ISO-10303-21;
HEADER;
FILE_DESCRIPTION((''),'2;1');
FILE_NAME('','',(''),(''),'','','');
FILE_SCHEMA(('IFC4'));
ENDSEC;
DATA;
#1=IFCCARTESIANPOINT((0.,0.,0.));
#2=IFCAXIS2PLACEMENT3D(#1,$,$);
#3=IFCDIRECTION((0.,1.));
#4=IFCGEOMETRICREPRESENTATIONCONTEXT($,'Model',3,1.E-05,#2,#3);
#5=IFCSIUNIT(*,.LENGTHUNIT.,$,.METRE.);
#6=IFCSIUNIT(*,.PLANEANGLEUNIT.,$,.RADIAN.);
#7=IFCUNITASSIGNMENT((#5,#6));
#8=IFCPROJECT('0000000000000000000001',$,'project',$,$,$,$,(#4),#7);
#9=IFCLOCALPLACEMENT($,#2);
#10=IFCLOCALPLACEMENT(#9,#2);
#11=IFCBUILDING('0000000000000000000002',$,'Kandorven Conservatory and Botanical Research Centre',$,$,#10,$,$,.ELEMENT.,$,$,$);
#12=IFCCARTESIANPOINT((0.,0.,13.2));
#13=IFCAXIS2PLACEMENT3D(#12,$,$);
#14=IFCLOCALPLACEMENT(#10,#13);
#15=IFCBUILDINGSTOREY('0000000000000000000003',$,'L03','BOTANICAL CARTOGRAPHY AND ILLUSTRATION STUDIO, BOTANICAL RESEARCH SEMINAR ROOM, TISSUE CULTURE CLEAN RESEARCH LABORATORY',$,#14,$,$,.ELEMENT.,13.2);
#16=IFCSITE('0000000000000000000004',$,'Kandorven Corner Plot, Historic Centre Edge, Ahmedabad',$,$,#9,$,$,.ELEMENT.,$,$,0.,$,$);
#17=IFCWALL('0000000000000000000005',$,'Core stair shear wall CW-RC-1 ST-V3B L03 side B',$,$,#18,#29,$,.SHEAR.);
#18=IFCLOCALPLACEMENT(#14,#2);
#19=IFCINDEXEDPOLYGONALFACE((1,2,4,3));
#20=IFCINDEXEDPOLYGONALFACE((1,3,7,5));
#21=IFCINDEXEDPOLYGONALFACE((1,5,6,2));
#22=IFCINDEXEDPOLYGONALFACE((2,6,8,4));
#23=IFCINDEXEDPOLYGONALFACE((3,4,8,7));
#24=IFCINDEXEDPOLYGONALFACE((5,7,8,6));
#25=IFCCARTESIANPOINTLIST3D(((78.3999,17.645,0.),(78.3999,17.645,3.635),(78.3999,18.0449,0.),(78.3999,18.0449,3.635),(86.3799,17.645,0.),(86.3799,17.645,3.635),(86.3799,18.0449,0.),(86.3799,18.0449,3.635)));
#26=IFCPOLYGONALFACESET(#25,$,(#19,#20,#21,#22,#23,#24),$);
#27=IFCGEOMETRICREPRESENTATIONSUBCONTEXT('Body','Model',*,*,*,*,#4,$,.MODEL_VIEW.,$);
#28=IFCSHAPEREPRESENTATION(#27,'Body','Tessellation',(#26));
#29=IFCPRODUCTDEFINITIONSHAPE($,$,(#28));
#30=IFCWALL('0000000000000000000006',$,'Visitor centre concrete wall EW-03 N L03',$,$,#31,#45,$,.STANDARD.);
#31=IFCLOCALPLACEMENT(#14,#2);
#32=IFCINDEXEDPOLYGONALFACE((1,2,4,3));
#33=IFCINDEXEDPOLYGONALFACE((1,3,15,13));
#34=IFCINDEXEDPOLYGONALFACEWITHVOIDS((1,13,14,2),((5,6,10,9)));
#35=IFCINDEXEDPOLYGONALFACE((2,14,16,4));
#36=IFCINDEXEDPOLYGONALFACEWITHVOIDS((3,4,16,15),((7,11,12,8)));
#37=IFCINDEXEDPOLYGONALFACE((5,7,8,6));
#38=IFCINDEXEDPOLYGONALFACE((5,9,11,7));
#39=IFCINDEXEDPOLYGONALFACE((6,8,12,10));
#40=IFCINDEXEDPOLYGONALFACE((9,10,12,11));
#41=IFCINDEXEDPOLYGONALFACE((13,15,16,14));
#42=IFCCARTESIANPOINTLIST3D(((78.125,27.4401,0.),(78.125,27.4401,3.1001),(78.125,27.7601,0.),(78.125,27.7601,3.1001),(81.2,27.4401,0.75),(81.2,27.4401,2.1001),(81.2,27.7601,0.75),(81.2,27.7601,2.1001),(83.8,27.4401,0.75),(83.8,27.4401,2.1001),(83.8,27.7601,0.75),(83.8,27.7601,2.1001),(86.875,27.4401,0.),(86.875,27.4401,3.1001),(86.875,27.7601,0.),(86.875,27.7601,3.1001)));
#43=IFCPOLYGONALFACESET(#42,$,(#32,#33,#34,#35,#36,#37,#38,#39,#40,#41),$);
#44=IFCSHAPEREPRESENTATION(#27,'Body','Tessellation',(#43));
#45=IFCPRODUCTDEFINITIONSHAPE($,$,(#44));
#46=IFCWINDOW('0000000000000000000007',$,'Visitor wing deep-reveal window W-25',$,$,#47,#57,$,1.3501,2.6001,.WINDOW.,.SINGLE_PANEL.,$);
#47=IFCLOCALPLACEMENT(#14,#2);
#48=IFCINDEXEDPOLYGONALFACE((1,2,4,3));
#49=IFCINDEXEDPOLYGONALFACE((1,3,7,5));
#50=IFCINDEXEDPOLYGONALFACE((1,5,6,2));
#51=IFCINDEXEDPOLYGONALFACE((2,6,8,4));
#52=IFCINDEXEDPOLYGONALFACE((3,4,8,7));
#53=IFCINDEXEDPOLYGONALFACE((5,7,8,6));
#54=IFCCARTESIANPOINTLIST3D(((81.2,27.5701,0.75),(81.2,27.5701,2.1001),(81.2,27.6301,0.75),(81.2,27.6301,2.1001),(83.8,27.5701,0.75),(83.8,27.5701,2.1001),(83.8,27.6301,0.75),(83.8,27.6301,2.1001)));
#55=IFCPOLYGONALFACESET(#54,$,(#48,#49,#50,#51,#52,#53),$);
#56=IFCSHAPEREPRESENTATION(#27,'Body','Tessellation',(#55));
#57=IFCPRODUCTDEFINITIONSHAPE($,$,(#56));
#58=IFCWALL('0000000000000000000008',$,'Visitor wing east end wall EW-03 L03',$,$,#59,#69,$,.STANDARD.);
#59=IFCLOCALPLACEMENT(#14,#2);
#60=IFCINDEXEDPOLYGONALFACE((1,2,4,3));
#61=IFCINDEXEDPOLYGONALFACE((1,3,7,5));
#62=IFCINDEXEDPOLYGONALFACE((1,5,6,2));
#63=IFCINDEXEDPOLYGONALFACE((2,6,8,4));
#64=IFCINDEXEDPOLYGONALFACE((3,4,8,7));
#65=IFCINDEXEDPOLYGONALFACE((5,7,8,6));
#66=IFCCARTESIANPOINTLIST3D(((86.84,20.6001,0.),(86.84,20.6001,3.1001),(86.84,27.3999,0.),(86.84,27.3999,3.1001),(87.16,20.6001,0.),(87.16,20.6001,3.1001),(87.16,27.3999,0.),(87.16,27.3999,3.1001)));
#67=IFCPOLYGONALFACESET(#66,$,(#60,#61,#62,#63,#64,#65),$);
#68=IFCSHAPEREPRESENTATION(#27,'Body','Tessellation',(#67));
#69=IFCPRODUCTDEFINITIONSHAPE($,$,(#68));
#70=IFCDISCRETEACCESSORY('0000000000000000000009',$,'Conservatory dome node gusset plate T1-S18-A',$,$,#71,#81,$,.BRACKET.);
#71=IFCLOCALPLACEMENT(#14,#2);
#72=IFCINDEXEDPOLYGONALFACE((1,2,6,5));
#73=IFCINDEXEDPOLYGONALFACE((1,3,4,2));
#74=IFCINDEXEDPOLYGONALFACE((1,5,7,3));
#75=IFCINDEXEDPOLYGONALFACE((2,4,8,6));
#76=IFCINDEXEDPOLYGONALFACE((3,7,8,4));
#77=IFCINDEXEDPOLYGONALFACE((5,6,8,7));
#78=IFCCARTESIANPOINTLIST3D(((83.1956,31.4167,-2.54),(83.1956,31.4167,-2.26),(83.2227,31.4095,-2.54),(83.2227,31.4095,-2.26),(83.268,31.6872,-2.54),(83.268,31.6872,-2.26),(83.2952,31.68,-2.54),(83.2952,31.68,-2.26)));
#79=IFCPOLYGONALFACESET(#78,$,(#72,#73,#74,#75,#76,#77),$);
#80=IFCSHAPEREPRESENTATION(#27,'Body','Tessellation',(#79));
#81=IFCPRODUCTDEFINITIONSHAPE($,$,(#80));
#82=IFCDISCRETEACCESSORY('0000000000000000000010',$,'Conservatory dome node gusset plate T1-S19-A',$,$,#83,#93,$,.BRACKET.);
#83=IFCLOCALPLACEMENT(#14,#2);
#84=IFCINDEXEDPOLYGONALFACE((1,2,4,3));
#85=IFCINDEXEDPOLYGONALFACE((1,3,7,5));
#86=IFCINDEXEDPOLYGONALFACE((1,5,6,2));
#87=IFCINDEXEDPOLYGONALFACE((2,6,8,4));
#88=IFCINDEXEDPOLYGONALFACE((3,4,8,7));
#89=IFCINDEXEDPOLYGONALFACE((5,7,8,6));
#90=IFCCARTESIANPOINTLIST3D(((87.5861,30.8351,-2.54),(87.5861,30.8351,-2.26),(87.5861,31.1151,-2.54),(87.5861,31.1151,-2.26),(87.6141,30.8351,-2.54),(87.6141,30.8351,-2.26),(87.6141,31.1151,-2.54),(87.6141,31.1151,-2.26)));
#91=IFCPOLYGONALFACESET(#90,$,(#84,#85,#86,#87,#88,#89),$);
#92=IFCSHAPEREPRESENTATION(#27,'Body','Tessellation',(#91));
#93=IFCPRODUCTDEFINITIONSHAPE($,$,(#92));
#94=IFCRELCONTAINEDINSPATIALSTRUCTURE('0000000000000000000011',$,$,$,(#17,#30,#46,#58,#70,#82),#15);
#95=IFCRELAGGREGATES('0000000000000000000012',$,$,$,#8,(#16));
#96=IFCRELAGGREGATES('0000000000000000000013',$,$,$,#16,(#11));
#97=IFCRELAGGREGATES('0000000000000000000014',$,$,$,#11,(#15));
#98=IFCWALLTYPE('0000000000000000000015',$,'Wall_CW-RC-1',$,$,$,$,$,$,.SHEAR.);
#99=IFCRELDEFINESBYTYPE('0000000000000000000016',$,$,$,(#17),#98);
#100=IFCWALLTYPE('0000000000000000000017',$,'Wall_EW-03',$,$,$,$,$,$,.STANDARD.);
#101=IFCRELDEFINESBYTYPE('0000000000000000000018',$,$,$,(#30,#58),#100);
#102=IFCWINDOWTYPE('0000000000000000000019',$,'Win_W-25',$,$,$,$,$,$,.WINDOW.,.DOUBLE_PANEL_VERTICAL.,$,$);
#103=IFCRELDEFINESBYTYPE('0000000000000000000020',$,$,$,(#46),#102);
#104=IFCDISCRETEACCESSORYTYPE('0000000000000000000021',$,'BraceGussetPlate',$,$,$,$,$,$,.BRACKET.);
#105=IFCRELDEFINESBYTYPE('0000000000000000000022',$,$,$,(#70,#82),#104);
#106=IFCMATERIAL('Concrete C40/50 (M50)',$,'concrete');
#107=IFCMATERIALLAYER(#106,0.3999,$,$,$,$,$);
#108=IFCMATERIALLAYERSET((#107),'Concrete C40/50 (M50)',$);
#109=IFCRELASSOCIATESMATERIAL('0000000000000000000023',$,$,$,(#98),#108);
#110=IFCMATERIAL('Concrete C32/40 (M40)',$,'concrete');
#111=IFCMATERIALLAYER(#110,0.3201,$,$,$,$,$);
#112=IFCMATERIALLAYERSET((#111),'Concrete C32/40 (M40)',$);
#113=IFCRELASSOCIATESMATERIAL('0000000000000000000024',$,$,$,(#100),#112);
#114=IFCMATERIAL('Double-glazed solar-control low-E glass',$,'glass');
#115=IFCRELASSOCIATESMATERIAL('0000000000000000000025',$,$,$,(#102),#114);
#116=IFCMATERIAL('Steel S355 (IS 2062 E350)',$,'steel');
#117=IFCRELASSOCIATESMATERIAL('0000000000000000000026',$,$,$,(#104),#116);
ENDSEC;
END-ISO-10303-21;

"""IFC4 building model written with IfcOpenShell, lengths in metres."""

from ifc_helpers import new_model, si_unit, direction, frame, frame_2d, origin, origin_2d, place, context, subcontext, project, spatial, rectangle, extrude, material, layer, layer_set, type_object, element, fill, save


model = new_model("IFC4")

# Units and contexts
model_context = context("Model", 3, precision=1e-05, world=origin(), true_north=direction((0.0, 1.0)))
body_context = subcontext(model_context, "Body", "Model", "MODEL_VIEW")
ifc_project = project(units=[si_unit("LENGTHUNIT", "METRE"), si_unit("PLANEANGLEUNIT", "RADIAN")], contexts=[model_context])

# Site, building, storey
site_placement = place(None, origin())
site = spatial("IfcSite", under=ifc_project, at=site_placement, Name="Kandorven Corner Plot, Historic Centre Edge, Ahmedabad", CompositionType="ELEMENT", RefElevation=0.0)
building_placement = place(site_placement, origin())
building = spatial("IfcBuilding", under=site, at=building_placement, Name="Kandorven Conservatory and Botanical Research Centre", CompositionType="ELEMENT")
storey_placement = place(building_placement, frame((0.0, 0.0, 13.2)))
storey = spatial("IfcBuildingStorey", under=building, at=storey_placement, Name="L03", Description="BOTANICAL CARTOGRAPHY AND ILLUSTRATION STUDIO, BOTANICAL RESEARCH SEMINAR ROOM, TISSUE CULTURE CLEAN RESEARCH LABORATORY", CompositionType="ELEMENT", Elevation=13.2)

# Wall
ifc_material_1 = material(Name="Concrete C40/50 (M50)", Category="concrete")
ifc_layer_1 = layer(ifc_material_1, 0.3999)
ifc_layer_set_1 = layer_set([ifc_layer_1], Name="Concrete C40/50 (M50)")
wall_type_1 = type_object("IfcWallType", Name="Wall_CW-RC-1", PredefinedType="SHEAR", material=ifc_layer_set_1)
wall_1_placement = place(storey_placement, frame((78.3999, 17.845, 0.0), z_axis=(0.0, 0.0, 1.0), x_axis=(1.0, 0.0, 0.0)))
element("IfcWall", 1, at=wall_1_placement, inside=storey, type_object=wall_type_1, Name="Core stair shear wall CW-RC-1 ST-V3B L03 side B", PredefinedType="SHEAR", context=body_context, shape_type="SweptSolid", body=[
    extrude(rectangle(XDim=7.98, YDim=0.3999, at=frame_2d((3.99, 0.0))), origin(), (0.0, 0.0, 1.0), 3.635),
])

# Wall, opening, window
ifc_material_2 = material(Name="Concrete C32/40 (M40)", Category="concrete")
ifc_layer_2 = layer(ifc_material_2, 0.3201)
ifc_layer_set_2 = layer_set([ifc_layer_2], Name="Concrete C32/40 (M40)")
wall_type_2 = type_object("IfcWallType", Name="Wall_EW-03", PredefinedType="STANDARD", material=ifc_layer_set_2)
wall_2_placement = place(storey_placement, frame((78.125, 27.6001, 0.0), z_axis=(0.0, 0.0, 1.0), x_axis=(1.0, 0.0, 0.0)))
wall_2 = element("IfcWall", 2, at=wall_2_placement, inside=storey, type_object=wall_type_2, Name="Visitor centre concrete wall EW-03 N L03", PredefinedType="STANDARD", context=body_context, shape_type="SweptSolid", body=[
    extrude(rectangle(XDim=8.75, YDim=0.3201, at=frame_2d((4.375, 0.0))), origin(), (0.0, 0.0, 1.0), 3.1001),
])
opening_placement = place(wall_2_placement, frame((3.075, 0.0, 0.75)))
opening = element("IfcOpeningElement", 3, at=opening_placement, cuts=wall_2, PredefinedType="OPENING", context=body_context, shape_type="SweptSolid", body=[
    extrude(rectangle(XDim=2.6001, YDim=1.3501, at=frame_2d((1.3, 0.675))), frame((0.0, 0.1699, 0.0), z_axis=(0.0, -1.0, 0.0), x_axis=(1.0, 0.0, 0.0)), (0.0, 0.0, 1.0), 0.3401),
])
ifc_material_3 = material(Name="Double-glazed solar-control low-E glass", Category="glass")
window_type = type_object("IfcWindowType", Name="Win_W-25", PartitioningType="DOUBLE_PANEL_VERTICAL", PredefinedType="WINDOW", material=ifc_material_3)
window_placement = place(opening_placement, origin())
window = element("IfcWindow", 4, at=window_placement, inside=storey, type_object=window_type, Name="Visitor wing deep-reveal window W-25", OverallHeight=1.3501, OverallWidth=2.6001, PartitioningType="SINGLE_PANEL", PredefinedType="WINDOW", context=body_context, shape_type="SweptSolid", body=[
    extrude(rectangle(XDim=2.6001, YDim=1.3501, at=frame_2d((1.3, 0.675))), frame((0.0, 0.03, 0.0), z_axis=(0.0, -1.0, 0.0), x_axis=(1.0, 0.0, 0.0)), (0.0, 0.0, 1.0), 0.0601),
])
fill(opening, window)

# Wall
wall_3_placement = place(storey_placement, frame((87.0, 20.6001, 0.0), z_axis=(0.0, 0.0, 1.0), x_axis=(0.0, 1.0, 0.0)))
element("IfcWall", 5, at=wall_3_placement, inside=storey, type_object=wall_type_2, Name="Visitor wing east end wall EW-03 L03", PredefinedType="STANDARD", context=body_context, shape_type="SweptSolid", body=[
    extrude(rectangle(XDim=6.7998, YDim=0.3201, at=frame_2d((3.3999, 0.0))), origin(), (0.0, 0.0, 1.0), 3.1001),
])

# Discrete accessories
ifc_material_4 = material(Name="Steel S355 (IS 2062 E350)", Category="steel")
discrete_accessory_type = type_object("IfcDiscreteAccessoryType", Name="BraceGussetPlate", PredefinedType="BRACKET", material=ifc_material_4)
for number, where, z_axis, x_axis, name in (
    (6, (83.2454, 31.5483, -2.54), (0.0, 0.0, 1.0), (-0.258819, -0.965926, 0.0), "Conservatory dome node gusset plate T1-S18-A"),
    (7, (87.6001, 30.9751, -2.54), (0.0, 0.0, 1.0), (0.0, -1.0, 0.0), "Conservatory dome node gusset plate T1-S19-A"),
):
    element("IfcDiscreteAccessory", number, at=place(storey_placement, frame(where, z_axis=z_axis, x_axis=x_axis)), inside=storey, type_object=discrete_accessory_type, Name=name, PredefinedType="BRACKET", context=body_context, shape_type="SweptSolid", body=[
        extrude(rectangle(XDim=0.28, YDim=0.0281, at=origin_2d()), origin(), (0.0, 0.0, 1.0), 0.28),
    ])

save(model, "model.ifc")
